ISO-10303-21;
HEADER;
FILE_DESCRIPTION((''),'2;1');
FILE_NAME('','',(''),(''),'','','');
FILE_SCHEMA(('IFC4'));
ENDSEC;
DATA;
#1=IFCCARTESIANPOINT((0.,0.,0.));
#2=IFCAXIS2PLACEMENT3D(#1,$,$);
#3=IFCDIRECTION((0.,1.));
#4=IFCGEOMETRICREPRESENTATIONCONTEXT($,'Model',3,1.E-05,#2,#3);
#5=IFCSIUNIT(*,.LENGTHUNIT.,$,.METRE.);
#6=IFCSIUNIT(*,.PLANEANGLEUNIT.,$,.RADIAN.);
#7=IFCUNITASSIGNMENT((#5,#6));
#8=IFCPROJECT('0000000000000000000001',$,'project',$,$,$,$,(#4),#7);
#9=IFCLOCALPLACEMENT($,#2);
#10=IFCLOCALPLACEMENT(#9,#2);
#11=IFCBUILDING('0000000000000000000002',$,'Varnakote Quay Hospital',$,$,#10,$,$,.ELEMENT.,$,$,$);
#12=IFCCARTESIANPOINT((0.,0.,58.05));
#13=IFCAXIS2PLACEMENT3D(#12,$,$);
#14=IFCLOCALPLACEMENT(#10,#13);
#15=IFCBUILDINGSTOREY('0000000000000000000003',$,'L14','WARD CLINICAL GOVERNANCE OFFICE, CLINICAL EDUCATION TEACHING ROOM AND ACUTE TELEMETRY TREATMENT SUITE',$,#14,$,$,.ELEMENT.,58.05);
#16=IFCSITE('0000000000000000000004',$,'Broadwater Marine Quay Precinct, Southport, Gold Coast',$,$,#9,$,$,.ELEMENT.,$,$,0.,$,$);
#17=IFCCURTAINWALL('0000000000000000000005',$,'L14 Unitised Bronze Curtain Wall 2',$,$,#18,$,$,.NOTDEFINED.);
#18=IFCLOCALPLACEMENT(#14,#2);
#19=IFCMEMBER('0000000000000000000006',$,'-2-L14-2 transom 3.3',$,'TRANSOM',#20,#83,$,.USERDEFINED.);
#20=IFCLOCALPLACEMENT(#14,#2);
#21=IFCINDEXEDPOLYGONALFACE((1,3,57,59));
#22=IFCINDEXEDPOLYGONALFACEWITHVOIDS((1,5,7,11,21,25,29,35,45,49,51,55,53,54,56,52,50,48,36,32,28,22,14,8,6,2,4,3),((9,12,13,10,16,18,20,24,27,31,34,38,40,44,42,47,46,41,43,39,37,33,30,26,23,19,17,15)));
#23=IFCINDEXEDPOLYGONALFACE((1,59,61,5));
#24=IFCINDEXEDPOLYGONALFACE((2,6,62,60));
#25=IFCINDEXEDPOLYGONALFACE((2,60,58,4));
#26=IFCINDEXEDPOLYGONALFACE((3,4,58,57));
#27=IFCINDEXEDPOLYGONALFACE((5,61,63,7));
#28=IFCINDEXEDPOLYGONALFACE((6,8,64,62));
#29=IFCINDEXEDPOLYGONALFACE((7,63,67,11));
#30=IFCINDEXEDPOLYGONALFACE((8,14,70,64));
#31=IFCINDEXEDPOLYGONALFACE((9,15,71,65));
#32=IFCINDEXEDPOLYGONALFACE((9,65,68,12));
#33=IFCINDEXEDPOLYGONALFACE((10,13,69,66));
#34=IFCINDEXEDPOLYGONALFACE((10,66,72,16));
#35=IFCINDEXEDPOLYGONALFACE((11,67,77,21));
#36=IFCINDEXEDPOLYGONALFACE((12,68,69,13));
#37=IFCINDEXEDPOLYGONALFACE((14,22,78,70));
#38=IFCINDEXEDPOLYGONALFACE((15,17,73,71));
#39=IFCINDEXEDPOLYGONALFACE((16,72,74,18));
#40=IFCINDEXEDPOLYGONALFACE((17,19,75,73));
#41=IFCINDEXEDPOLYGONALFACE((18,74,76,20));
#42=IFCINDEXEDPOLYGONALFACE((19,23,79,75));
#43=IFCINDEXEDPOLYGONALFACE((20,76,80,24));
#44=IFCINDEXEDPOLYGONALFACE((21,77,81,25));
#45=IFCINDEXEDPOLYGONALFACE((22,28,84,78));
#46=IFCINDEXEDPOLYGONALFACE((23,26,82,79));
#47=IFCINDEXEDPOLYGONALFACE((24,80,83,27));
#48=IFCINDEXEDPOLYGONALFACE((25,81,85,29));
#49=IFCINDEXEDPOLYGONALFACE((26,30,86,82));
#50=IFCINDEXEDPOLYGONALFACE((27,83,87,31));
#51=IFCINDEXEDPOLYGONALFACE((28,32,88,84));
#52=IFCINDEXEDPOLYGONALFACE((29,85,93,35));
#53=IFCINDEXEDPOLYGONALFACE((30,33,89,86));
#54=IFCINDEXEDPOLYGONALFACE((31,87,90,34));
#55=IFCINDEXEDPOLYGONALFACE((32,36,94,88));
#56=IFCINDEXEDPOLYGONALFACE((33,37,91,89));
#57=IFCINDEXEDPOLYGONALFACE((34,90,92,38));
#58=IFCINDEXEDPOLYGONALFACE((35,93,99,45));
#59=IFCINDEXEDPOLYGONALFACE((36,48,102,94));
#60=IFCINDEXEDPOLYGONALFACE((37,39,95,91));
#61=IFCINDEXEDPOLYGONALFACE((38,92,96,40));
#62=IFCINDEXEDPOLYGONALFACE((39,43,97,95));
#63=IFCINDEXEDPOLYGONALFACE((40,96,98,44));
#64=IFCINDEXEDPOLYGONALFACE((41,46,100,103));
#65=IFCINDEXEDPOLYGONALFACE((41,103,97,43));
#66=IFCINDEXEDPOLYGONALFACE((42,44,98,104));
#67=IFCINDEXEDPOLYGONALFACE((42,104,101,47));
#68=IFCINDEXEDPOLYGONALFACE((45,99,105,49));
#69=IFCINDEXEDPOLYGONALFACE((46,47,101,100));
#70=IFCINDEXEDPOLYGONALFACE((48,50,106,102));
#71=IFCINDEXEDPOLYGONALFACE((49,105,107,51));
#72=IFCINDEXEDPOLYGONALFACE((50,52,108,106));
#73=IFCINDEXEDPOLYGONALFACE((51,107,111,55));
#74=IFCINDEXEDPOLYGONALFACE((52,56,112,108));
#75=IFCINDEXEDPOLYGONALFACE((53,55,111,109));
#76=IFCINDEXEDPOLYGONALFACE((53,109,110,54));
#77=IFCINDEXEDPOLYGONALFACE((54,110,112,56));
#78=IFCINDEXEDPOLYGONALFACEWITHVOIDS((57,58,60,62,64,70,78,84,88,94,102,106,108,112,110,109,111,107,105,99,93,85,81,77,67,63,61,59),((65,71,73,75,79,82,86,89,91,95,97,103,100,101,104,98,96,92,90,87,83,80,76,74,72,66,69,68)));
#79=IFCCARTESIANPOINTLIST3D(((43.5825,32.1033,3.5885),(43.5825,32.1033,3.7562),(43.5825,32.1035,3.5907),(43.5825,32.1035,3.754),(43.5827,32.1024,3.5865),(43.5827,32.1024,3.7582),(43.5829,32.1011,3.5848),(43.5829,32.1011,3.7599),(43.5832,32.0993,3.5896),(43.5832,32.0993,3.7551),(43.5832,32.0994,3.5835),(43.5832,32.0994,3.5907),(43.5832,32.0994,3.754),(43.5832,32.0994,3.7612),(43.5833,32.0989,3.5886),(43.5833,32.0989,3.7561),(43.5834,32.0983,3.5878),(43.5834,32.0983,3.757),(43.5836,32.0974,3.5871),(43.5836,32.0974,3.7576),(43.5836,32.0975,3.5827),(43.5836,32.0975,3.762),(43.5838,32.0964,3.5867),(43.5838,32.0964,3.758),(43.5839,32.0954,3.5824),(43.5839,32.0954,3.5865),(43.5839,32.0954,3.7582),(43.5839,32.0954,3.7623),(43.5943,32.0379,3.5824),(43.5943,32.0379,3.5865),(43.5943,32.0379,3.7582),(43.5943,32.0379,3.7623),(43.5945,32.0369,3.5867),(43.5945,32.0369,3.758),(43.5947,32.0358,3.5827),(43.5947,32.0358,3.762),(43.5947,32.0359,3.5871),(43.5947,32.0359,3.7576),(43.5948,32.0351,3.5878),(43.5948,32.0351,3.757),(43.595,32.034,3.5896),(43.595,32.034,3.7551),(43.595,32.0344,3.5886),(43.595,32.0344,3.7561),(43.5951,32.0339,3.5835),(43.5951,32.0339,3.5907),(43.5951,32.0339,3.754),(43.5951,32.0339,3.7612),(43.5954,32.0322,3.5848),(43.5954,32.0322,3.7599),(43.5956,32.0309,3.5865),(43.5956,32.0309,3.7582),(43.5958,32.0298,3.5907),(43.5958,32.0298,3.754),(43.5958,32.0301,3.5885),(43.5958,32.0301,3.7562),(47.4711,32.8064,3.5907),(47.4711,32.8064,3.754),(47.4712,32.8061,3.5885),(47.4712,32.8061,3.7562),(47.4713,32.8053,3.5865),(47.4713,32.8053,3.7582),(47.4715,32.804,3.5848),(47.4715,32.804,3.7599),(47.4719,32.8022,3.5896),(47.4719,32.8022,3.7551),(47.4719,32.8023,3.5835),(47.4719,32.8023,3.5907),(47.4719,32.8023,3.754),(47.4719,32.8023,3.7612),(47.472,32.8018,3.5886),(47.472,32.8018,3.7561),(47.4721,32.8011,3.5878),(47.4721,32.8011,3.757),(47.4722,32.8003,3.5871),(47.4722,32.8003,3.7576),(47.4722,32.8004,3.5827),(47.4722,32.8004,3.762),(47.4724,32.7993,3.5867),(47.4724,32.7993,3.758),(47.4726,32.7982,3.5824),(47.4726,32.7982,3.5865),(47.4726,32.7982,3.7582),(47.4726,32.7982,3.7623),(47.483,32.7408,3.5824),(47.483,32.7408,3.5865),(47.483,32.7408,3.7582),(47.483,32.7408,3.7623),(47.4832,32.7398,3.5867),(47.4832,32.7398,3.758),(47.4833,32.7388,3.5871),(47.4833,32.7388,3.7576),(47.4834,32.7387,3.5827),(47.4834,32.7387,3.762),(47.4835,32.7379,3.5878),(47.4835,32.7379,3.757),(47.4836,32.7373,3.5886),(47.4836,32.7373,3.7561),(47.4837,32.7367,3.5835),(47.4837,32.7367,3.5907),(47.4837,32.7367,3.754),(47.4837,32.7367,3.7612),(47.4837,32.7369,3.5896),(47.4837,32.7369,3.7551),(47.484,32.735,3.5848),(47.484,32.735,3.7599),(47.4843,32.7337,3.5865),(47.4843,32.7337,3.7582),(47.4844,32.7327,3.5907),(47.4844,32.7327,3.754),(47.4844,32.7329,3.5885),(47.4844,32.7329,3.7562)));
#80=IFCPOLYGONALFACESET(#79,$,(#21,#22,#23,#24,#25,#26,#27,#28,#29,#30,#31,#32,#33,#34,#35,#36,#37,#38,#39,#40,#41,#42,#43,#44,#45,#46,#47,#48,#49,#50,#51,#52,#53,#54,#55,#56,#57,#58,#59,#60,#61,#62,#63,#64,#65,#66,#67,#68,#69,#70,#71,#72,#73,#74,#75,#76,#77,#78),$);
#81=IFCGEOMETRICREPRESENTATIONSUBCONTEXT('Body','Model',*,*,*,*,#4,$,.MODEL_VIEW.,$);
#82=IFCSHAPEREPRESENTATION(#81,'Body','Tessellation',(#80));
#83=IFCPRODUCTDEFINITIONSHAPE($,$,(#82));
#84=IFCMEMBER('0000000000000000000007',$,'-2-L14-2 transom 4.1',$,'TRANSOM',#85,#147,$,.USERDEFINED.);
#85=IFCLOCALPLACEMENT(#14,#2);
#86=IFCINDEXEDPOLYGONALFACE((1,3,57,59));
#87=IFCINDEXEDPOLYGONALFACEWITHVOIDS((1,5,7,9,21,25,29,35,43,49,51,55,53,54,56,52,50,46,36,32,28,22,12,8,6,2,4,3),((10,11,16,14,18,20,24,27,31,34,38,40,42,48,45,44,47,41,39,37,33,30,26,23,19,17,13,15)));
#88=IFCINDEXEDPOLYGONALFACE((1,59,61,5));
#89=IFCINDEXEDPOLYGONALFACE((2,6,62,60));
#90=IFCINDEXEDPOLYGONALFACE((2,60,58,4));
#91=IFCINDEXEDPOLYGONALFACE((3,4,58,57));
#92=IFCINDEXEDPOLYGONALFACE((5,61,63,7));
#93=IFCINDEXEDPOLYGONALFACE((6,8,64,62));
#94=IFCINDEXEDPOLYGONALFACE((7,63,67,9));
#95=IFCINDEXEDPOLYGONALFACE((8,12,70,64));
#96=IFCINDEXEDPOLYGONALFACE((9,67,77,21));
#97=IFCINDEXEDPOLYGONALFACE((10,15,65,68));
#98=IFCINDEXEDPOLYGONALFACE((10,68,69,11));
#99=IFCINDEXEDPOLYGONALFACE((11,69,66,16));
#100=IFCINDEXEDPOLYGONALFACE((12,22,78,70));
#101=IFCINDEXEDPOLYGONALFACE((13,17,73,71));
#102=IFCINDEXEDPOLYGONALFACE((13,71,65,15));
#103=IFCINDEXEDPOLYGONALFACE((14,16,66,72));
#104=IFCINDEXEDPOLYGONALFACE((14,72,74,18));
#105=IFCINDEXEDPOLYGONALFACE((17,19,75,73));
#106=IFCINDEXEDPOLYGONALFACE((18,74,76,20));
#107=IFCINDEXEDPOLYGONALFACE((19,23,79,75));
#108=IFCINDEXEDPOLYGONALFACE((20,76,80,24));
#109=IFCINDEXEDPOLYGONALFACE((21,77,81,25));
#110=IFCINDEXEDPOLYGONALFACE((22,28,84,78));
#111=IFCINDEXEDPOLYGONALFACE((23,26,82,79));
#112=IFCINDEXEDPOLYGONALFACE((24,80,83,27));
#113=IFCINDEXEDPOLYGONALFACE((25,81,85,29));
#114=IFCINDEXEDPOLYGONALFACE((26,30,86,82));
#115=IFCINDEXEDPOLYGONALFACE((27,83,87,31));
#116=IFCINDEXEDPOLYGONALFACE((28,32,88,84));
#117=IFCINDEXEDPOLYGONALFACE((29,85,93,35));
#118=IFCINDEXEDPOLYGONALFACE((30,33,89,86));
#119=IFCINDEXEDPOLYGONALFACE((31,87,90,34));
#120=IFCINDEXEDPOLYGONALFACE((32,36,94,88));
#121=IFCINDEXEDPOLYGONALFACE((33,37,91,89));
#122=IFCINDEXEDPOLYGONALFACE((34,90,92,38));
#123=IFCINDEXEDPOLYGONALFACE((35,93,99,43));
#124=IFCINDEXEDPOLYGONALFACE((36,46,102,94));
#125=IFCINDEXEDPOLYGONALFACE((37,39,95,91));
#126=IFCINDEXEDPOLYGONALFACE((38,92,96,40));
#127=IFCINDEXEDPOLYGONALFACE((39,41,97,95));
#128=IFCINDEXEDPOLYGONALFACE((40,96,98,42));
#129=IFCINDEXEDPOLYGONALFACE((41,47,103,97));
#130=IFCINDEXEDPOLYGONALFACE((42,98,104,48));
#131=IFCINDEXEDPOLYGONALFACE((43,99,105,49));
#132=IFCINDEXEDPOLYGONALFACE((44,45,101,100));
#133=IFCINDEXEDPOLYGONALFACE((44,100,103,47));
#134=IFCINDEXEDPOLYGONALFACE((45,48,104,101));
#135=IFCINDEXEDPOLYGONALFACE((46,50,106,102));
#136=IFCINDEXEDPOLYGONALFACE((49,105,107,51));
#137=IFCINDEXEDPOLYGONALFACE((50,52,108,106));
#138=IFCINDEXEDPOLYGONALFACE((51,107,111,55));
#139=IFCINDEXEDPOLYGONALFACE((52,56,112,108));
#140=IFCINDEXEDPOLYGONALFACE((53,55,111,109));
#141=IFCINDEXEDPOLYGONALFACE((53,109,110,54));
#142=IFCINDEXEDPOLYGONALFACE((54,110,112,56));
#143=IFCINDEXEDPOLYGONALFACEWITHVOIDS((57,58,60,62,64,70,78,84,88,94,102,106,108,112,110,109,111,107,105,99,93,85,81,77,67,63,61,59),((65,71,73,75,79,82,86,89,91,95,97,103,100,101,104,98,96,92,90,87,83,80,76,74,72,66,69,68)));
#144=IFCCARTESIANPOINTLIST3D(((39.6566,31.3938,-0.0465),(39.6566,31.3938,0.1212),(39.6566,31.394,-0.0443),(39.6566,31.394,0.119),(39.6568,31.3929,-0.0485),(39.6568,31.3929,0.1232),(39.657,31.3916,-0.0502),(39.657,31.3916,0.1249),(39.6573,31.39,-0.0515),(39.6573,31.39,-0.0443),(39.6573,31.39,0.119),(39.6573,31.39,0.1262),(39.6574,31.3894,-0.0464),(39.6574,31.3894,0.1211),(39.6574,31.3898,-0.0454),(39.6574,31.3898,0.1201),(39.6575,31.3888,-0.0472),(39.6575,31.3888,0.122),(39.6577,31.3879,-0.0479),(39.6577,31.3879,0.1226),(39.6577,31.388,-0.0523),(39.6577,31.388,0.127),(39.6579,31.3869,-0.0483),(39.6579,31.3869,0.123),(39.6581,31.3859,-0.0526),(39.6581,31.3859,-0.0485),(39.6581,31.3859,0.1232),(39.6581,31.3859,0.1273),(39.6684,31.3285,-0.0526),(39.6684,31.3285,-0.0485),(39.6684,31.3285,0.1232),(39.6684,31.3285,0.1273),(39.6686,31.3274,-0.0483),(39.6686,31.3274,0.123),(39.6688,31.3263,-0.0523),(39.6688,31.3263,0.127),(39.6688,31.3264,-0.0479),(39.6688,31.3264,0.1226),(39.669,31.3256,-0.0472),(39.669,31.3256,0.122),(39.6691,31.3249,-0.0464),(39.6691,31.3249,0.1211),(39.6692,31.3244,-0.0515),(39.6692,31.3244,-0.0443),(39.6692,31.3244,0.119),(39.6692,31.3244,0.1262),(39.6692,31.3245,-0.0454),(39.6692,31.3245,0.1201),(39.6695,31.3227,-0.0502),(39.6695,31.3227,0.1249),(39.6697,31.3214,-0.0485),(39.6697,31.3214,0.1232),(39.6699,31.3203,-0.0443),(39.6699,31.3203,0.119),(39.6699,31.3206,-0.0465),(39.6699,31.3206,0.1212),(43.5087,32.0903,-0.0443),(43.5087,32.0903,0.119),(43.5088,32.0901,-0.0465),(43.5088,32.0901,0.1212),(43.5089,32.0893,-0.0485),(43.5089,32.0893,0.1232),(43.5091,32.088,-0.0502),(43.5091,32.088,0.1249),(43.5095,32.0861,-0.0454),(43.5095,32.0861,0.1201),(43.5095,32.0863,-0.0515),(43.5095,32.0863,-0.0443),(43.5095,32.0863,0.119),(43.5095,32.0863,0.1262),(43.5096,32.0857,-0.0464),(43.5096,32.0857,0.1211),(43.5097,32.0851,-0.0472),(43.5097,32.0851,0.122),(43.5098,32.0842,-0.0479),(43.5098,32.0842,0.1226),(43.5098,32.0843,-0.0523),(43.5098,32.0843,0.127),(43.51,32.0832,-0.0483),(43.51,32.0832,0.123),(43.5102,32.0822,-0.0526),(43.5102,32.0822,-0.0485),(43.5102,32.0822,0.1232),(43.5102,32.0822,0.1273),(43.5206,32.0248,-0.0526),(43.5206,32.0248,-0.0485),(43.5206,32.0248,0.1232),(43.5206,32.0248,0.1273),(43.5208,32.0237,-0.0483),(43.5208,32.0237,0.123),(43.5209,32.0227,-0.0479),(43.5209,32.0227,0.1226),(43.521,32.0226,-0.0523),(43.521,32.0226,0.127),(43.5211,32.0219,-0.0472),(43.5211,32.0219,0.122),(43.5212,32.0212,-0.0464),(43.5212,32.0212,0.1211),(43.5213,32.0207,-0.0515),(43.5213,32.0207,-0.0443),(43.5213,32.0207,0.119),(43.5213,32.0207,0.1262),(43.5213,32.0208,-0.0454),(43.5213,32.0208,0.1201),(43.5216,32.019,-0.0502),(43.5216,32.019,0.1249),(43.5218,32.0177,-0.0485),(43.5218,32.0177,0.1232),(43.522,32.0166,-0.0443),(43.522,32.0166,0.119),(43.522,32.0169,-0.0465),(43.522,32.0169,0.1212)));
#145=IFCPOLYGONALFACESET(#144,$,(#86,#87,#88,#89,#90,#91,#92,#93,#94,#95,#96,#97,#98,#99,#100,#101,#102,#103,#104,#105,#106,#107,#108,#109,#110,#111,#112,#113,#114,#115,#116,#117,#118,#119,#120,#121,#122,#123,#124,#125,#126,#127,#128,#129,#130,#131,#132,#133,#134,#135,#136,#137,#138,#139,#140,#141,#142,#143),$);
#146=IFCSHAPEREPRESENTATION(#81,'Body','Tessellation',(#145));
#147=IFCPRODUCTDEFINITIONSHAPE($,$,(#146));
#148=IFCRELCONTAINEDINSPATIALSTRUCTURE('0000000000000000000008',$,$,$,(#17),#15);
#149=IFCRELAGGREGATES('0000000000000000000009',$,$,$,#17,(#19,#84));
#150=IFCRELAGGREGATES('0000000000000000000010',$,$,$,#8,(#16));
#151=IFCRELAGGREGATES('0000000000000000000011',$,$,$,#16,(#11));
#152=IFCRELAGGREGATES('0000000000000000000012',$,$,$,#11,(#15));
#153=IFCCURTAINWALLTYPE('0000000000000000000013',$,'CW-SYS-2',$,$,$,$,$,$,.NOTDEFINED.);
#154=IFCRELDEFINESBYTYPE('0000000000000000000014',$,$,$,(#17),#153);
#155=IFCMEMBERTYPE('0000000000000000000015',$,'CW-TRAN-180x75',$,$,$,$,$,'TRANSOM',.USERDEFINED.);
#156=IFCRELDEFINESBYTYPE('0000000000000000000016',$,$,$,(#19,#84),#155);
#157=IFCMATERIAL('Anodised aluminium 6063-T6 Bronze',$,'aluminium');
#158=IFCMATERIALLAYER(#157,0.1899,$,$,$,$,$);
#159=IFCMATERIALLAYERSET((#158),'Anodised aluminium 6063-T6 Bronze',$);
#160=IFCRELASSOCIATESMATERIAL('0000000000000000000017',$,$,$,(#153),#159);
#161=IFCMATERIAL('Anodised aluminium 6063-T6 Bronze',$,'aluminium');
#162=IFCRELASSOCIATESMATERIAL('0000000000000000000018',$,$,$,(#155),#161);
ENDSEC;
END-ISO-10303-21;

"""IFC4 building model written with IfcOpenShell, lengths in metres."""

from ifc_helpers import new_model, si_unit, direction, frame, origin, origin_2d, place, context, subcontext, project, spatial, hollow_rectangle, extrude, material, layer, layer_set, material_profile, profile_set, type_object, element, aggregate, save


model = new_model("IFC4")

# Units and contexts
model_context = context("Model", 3, precision=1e-05, world=origin(), true_north=direction((0.0, 1.0)))
body_context = subcontext(model_context, "Body", "Model", "MODEL_VIEW")
ifc_project = project(units=[si_unit("LENGTHUNIT", "METRE"), si_unit("PLANEANGLEUNIT", "RADIAN")], contexts=[model_context])

# Site, building, storey
site_placement = place(None, origin())
site = spatial("IfcSite", under=ifc_project, at=site_placement, Name="Broadwater Marine Quay Precinct, Southport, Gold Coast", CompositionType="ELEMENT", RefElevation=0.0)
building_placement = place(site_placement, origin())
building = spatial("IfcBuilding", under=site, at=building_placement, Name="Varnakote Quay Hospital", CompositionType="ELEMENT")
storey_placement = place(building_placement, frame((0.0, 0.0, 58.05)))
storey = spatial("IfcBuildingStorey", under=building, at=storey_placement, Name="L14", Description="WARD CLINICAL GOVERNANCE OFFICE, CLINICAL EDUCATION TEACHING ROOM AND ACUTE TELEMETRY TREATMENT SUITE", CompositionType="ELEMENT", Elevation=58.05)

# Curtain wall, members
ifc_material_1 = material(Name="Anodised aluminium 6063-T6 Bronze", Category="aluminium")
ifc_layer_1 = layer(ifc_material_1, 0.1899)
ifc_layer_set_1 = layer_set([ifc_layer_1], Name="Anodised aluminium 6063-T6 Bronze")
curtain_wall_type = type_object("IfcCurtainWallType", Name="CW-SYS-2", PredefinedType="NOTDEFINED", material=ifc_layer_set_1)
curtain_wall_placement = place(storey_placement, origin())
curtain_wall = element("IfcCurtainWall", 1, at=curtain_wall_placement, inside=storey, type_object=curtain_wall_type, Name="L14 Unitised Bronze Curtain Wall 2", PredefinedType="NOTDEFINED")
ifc_material_2 = material(Name="Anodised aluminium 6063-T6 Bronze", Category="aluminium")
ifc_material_profile_1 = material_profile(ifc_material_2, hollow_rectangle(XDim=0.075, YDim=0.1799, WallThickness=0.0042, InnerFilletRadius=0.0042, OuterFilletRadius=0.0083, at=origin_2d()), Name="CW-TRAN-180x75")
ifc_profile_set_1 = profile_set([ifc_material_profile_1], Name="Anodised aluminium 6063-T6 Bronze")
member_type_1 = type_object("IfcMemberType", Name="CW-TRAN-180x75", ElementType="TRANSOM", PredefinedType="USERDEFINED", material=ifc_profile_set_1)
member_1_placement = place(storey_placement, frame((47.4778, 32.7695, 3.6724), z_axis=(-0.984054, -0.177869, 0.0), x_axis=(0.177869, -0.984054, 0.0)))
member_1 = element("IfcMember", 2, at=member_1_placement, type_object=member_type_1, Name="-2-L14-2 transom 3.3", ObjectType="TRANSOM", PredefinedType="USERDEFINED", context=body_context, shape_type="SweptSolid", body=[
    extrude(hollow_rectangle(XDim=0.075, YDim=0.1799, WallThickness=0.0042, InnerFilletRadius=0.0042, OuterFilletRadius=0.0083, at=origin_2d()), origin(), (0.0, 0.0, 1.0), 3.9517),
])
member_2_placement = place(storey_placement, frame((43.5154, 32.0535, 0.0374), z_axis=(-0.984053, -0.177875, 0.0), x_axis=(0.177875, -0.984053, 0.0)))
member_2 = element("IfcMember", 3, at=member_2_placement, type_object=member_type_1, Name="-2-L14-2 transom 4.1", ObjectType="TRANSOM", PredefinedType="USERDEFINED", context=body_context, shape_type="SweptSolid", body=[
    extrude(hollow_rectangle(XDim=0.075, YDim=0.1799, WallThickness=0.0042, InnerFilletRadius=0.0042, OuterFilletRadius=0.0083, at=origin_2d()), origin(), (0.0, 0.0, 1.0), 3.9146),
])
aggregate(curtain_wall, [member_1, member_2])

save(model, "model.ifc")
